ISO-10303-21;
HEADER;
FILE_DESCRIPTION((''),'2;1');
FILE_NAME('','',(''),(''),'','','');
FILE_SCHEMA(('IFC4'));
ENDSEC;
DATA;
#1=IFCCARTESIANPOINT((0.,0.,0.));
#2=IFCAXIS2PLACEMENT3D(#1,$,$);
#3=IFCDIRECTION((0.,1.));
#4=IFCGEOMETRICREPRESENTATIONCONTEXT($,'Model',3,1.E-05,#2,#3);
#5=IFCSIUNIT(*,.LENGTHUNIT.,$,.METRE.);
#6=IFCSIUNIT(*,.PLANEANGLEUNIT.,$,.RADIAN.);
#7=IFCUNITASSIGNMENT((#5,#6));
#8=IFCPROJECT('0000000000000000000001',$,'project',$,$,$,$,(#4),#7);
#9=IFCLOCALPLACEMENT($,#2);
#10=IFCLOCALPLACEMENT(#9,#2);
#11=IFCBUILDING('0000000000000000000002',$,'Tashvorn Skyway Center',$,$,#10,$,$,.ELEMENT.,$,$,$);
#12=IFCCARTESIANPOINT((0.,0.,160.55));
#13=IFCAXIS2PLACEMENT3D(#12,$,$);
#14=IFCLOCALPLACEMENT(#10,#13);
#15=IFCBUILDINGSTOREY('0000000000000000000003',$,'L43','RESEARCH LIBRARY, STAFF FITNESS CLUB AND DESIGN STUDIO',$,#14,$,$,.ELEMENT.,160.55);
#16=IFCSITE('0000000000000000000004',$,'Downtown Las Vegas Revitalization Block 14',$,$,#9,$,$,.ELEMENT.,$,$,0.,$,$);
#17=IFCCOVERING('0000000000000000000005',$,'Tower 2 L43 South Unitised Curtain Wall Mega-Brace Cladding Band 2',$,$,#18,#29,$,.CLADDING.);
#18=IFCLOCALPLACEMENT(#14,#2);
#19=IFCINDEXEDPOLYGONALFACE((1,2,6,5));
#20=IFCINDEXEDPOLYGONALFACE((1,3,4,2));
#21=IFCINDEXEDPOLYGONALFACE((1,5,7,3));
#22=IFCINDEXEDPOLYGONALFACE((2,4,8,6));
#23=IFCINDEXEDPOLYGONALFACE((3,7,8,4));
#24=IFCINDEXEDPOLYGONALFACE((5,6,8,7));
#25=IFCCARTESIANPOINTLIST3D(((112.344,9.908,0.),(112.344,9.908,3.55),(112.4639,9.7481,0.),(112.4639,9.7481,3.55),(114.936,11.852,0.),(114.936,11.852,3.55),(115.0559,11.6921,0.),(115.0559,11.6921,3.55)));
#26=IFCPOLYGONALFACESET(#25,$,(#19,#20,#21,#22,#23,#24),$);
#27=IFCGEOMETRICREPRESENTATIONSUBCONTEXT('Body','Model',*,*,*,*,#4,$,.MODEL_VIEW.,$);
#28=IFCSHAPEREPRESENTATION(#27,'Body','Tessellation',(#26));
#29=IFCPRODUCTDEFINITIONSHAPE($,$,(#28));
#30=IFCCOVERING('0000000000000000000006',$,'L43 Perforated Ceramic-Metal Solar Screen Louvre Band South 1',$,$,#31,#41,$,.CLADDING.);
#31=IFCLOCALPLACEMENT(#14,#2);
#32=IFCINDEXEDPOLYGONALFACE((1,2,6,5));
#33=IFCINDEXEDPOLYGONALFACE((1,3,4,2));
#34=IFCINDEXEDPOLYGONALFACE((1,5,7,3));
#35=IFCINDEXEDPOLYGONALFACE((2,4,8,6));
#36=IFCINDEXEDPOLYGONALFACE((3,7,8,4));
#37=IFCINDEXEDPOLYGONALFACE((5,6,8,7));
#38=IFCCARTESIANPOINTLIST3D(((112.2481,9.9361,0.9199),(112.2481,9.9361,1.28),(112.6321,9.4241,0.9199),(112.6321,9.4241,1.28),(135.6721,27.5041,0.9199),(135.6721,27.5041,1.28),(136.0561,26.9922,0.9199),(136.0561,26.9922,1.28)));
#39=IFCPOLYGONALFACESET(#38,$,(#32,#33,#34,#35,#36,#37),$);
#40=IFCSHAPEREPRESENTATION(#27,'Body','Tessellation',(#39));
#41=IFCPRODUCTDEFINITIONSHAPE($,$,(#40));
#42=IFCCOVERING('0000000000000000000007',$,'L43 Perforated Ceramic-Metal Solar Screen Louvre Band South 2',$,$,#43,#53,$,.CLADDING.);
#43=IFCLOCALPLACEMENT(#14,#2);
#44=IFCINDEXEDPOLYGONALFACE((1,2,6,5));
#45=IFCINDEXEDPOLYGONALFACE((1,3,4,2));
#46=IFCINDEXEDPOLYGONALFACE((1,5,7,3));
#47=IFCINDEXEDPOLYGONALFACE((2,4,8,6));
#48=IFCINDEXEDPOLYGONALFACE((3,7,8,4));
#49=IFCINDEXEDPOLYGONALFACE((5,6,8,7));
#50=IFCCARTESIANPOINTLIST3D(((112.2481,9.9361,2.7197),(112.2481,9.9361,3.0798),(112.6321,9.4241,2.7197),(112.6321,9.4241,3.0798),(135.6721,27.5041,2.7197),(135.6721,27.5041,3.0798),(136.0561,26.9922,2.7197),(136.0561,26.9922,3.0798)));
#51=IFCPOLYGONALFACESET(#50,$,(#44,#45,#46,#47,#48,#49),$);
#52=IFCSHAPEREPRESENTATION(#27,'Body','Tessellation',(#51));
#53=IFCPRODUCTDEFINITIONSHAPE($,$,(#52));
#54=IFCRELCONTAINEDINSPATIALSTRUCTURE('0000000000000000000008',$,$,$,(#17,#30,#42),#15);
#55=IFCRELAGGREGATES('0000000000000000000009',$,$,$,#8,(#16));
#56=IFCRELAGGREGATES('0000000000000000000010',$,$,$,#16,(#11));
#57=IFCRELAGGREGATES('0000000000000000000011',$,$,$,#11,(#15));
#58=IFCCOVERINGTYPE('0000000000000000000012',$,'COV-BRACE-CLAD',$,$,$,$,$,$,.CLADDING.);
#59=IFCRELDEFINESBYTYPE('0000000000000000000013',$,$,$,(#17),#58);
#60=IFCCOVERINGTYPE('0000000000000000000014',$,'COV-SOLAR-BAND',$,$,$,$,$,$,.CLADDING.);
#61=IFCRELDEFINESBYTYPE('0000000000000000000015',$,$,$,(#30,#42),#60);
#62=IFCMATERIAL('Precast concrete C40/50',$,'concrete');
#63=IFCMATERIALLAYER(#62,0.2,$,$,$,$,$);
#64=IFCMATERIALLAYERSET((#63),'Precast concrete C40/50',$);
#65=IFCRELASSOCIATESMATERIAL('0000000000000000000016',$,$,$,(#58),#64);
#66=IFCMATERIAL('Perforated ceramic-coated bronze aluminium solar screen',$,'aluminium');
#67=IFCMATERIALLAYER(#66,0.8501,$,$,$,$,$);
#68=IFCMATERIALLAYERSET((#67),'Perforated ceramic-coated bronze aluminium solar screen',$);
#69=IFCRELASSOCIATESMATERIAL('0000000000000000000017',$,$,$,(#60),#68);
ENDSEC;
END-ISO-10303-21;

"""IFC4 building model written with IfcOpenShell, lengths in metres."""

from ifc_helpers import new_model, si_unit, direction, frame, origin, origin_2d, place, context, subcontext, project, spatial, rectangle, extrude, material, layer, layer_set, type_object, element, save


model = new_model("IFC4")

# Units and contexts
model_context = context("Model", 3, precision=1e-05, world=origin(), true_north=direction((0.0, 1.0)))
body_context = subcontext(model_context, "Body", "Model", "MODEL_VIEW")
ifc_project = project(units=[si_unit("LENGTHUNIT", "METRE"), si_unit("PLANEANGLEUNIT", "RADIAN")], contexts=[model_context])

# Site, building, storey
site_placement = place(None, origin())
site = spatial("IfcSite", under=ifc_project, at=site_placement, Name="Downtown Las Vegas Revitalization Block 14", CompositionType="ELEMENT", RefElevation=0.0)
building_placement = place(site_placement, origin())
building = spatial("IfcBuilding", under=site, at=building_placement, Name="Tashvorn Skyway Center", CompositionType="ELEMENT")
storey_placement = place(building_placement, frame((0.0, 0.0, 160.55)))
storey = spatial("IfcBuildingStorey", under=building, at=storey_placement, Name="L43", Description="RESEARCH LIBRARY, STAFF FITNESS CLUB AND DESIGN STUDIO", CompositionType="ELEMENT", Elevation=160.55)

# Coverings
ifc_material_1 = material(Name="Precast concrete C40/50", Category="concrete")
ifc_layer_1 = layer(ifc_material_1, 0.2)
ifc_layer_set_1 = layer_set([ifc_layer_1], Name="Precast concrete C40/50")
covering_type_1 = type_object("IfcCoveringType", Name="COV-BRACE-CLAD", PredefinedType="CLADDING", material=ifc_layer_set_1)
covering_placement = place(storey_placement, frame((113.7, 10.8, 0.0), z_axis=(0.0, 0.0, 1.0), x_axis=(-0.8, -0.6, 0.0)))
element("IfcCovering", 1, at=covering_placement, inside=storey, type_object=covering_type_1, Name="Tower 2 L43 South Unitised Curtain Wall Mega-Brace Cladding Band 2", PredefinedType="CLADDING", context=body_context, shape_type="SweptSolid", body=[
    extrude(rectangle(XDim=3.24, YDim=0.2, at=origin_2d()), origin(), (0.0, 0.0, 1.0), 3.55),
])
ifc_material_2 = material(Name="Perforated ceramic-coated bronze aluminium solar screen", Category="aluminium")
ifc_layer_2 = layer(ifc_material_2, 0.8501)
ifc_layer_set_2 = layer_set([ifc_layer_2], Name="Perforated ceramic-coated bronze aluminium solar screen")
covering_type_2 = type_object("IfcCoveringType", Name="COV-SOLAR-BAND", PredefinedType="CLADDING", material=ifc_layer_set_2)
for number, where, z_axis, x_axis, name in (
    (2, (124.1521, 18.4641, 0.9199), (0.0, 0.0, 1.0), (-0.8, -0.6, 0.0), "L43 Perforated Ceramic-Metal Solar Screen Louvre Band South 1"),
    (3, (124.1521, 18.4641, 2.7197), (0.0, 0.0, 1.0), (-0.8, -0.6, 0.0), "L43 Perforated Ceramic-Metal Solar Screen Louvre Band South 2"),
):
    element("IfcCovering", number, at=place(storey_placement, frame(where, z_axis=z_axis, x_axis=x_axis)), inside=storey, type_object=covering_type_2, Name=name, PredefinedType="CLADDING", context=body_context, shape_type="SweptSolid", body=[
        extrude(rectangle(XDim=29.28, YDim=0.6399, at=origin_2d()), origin(), (0.0, 0.0, 1.0), 0.3601),
    ])

save(model, "model.ifc")
